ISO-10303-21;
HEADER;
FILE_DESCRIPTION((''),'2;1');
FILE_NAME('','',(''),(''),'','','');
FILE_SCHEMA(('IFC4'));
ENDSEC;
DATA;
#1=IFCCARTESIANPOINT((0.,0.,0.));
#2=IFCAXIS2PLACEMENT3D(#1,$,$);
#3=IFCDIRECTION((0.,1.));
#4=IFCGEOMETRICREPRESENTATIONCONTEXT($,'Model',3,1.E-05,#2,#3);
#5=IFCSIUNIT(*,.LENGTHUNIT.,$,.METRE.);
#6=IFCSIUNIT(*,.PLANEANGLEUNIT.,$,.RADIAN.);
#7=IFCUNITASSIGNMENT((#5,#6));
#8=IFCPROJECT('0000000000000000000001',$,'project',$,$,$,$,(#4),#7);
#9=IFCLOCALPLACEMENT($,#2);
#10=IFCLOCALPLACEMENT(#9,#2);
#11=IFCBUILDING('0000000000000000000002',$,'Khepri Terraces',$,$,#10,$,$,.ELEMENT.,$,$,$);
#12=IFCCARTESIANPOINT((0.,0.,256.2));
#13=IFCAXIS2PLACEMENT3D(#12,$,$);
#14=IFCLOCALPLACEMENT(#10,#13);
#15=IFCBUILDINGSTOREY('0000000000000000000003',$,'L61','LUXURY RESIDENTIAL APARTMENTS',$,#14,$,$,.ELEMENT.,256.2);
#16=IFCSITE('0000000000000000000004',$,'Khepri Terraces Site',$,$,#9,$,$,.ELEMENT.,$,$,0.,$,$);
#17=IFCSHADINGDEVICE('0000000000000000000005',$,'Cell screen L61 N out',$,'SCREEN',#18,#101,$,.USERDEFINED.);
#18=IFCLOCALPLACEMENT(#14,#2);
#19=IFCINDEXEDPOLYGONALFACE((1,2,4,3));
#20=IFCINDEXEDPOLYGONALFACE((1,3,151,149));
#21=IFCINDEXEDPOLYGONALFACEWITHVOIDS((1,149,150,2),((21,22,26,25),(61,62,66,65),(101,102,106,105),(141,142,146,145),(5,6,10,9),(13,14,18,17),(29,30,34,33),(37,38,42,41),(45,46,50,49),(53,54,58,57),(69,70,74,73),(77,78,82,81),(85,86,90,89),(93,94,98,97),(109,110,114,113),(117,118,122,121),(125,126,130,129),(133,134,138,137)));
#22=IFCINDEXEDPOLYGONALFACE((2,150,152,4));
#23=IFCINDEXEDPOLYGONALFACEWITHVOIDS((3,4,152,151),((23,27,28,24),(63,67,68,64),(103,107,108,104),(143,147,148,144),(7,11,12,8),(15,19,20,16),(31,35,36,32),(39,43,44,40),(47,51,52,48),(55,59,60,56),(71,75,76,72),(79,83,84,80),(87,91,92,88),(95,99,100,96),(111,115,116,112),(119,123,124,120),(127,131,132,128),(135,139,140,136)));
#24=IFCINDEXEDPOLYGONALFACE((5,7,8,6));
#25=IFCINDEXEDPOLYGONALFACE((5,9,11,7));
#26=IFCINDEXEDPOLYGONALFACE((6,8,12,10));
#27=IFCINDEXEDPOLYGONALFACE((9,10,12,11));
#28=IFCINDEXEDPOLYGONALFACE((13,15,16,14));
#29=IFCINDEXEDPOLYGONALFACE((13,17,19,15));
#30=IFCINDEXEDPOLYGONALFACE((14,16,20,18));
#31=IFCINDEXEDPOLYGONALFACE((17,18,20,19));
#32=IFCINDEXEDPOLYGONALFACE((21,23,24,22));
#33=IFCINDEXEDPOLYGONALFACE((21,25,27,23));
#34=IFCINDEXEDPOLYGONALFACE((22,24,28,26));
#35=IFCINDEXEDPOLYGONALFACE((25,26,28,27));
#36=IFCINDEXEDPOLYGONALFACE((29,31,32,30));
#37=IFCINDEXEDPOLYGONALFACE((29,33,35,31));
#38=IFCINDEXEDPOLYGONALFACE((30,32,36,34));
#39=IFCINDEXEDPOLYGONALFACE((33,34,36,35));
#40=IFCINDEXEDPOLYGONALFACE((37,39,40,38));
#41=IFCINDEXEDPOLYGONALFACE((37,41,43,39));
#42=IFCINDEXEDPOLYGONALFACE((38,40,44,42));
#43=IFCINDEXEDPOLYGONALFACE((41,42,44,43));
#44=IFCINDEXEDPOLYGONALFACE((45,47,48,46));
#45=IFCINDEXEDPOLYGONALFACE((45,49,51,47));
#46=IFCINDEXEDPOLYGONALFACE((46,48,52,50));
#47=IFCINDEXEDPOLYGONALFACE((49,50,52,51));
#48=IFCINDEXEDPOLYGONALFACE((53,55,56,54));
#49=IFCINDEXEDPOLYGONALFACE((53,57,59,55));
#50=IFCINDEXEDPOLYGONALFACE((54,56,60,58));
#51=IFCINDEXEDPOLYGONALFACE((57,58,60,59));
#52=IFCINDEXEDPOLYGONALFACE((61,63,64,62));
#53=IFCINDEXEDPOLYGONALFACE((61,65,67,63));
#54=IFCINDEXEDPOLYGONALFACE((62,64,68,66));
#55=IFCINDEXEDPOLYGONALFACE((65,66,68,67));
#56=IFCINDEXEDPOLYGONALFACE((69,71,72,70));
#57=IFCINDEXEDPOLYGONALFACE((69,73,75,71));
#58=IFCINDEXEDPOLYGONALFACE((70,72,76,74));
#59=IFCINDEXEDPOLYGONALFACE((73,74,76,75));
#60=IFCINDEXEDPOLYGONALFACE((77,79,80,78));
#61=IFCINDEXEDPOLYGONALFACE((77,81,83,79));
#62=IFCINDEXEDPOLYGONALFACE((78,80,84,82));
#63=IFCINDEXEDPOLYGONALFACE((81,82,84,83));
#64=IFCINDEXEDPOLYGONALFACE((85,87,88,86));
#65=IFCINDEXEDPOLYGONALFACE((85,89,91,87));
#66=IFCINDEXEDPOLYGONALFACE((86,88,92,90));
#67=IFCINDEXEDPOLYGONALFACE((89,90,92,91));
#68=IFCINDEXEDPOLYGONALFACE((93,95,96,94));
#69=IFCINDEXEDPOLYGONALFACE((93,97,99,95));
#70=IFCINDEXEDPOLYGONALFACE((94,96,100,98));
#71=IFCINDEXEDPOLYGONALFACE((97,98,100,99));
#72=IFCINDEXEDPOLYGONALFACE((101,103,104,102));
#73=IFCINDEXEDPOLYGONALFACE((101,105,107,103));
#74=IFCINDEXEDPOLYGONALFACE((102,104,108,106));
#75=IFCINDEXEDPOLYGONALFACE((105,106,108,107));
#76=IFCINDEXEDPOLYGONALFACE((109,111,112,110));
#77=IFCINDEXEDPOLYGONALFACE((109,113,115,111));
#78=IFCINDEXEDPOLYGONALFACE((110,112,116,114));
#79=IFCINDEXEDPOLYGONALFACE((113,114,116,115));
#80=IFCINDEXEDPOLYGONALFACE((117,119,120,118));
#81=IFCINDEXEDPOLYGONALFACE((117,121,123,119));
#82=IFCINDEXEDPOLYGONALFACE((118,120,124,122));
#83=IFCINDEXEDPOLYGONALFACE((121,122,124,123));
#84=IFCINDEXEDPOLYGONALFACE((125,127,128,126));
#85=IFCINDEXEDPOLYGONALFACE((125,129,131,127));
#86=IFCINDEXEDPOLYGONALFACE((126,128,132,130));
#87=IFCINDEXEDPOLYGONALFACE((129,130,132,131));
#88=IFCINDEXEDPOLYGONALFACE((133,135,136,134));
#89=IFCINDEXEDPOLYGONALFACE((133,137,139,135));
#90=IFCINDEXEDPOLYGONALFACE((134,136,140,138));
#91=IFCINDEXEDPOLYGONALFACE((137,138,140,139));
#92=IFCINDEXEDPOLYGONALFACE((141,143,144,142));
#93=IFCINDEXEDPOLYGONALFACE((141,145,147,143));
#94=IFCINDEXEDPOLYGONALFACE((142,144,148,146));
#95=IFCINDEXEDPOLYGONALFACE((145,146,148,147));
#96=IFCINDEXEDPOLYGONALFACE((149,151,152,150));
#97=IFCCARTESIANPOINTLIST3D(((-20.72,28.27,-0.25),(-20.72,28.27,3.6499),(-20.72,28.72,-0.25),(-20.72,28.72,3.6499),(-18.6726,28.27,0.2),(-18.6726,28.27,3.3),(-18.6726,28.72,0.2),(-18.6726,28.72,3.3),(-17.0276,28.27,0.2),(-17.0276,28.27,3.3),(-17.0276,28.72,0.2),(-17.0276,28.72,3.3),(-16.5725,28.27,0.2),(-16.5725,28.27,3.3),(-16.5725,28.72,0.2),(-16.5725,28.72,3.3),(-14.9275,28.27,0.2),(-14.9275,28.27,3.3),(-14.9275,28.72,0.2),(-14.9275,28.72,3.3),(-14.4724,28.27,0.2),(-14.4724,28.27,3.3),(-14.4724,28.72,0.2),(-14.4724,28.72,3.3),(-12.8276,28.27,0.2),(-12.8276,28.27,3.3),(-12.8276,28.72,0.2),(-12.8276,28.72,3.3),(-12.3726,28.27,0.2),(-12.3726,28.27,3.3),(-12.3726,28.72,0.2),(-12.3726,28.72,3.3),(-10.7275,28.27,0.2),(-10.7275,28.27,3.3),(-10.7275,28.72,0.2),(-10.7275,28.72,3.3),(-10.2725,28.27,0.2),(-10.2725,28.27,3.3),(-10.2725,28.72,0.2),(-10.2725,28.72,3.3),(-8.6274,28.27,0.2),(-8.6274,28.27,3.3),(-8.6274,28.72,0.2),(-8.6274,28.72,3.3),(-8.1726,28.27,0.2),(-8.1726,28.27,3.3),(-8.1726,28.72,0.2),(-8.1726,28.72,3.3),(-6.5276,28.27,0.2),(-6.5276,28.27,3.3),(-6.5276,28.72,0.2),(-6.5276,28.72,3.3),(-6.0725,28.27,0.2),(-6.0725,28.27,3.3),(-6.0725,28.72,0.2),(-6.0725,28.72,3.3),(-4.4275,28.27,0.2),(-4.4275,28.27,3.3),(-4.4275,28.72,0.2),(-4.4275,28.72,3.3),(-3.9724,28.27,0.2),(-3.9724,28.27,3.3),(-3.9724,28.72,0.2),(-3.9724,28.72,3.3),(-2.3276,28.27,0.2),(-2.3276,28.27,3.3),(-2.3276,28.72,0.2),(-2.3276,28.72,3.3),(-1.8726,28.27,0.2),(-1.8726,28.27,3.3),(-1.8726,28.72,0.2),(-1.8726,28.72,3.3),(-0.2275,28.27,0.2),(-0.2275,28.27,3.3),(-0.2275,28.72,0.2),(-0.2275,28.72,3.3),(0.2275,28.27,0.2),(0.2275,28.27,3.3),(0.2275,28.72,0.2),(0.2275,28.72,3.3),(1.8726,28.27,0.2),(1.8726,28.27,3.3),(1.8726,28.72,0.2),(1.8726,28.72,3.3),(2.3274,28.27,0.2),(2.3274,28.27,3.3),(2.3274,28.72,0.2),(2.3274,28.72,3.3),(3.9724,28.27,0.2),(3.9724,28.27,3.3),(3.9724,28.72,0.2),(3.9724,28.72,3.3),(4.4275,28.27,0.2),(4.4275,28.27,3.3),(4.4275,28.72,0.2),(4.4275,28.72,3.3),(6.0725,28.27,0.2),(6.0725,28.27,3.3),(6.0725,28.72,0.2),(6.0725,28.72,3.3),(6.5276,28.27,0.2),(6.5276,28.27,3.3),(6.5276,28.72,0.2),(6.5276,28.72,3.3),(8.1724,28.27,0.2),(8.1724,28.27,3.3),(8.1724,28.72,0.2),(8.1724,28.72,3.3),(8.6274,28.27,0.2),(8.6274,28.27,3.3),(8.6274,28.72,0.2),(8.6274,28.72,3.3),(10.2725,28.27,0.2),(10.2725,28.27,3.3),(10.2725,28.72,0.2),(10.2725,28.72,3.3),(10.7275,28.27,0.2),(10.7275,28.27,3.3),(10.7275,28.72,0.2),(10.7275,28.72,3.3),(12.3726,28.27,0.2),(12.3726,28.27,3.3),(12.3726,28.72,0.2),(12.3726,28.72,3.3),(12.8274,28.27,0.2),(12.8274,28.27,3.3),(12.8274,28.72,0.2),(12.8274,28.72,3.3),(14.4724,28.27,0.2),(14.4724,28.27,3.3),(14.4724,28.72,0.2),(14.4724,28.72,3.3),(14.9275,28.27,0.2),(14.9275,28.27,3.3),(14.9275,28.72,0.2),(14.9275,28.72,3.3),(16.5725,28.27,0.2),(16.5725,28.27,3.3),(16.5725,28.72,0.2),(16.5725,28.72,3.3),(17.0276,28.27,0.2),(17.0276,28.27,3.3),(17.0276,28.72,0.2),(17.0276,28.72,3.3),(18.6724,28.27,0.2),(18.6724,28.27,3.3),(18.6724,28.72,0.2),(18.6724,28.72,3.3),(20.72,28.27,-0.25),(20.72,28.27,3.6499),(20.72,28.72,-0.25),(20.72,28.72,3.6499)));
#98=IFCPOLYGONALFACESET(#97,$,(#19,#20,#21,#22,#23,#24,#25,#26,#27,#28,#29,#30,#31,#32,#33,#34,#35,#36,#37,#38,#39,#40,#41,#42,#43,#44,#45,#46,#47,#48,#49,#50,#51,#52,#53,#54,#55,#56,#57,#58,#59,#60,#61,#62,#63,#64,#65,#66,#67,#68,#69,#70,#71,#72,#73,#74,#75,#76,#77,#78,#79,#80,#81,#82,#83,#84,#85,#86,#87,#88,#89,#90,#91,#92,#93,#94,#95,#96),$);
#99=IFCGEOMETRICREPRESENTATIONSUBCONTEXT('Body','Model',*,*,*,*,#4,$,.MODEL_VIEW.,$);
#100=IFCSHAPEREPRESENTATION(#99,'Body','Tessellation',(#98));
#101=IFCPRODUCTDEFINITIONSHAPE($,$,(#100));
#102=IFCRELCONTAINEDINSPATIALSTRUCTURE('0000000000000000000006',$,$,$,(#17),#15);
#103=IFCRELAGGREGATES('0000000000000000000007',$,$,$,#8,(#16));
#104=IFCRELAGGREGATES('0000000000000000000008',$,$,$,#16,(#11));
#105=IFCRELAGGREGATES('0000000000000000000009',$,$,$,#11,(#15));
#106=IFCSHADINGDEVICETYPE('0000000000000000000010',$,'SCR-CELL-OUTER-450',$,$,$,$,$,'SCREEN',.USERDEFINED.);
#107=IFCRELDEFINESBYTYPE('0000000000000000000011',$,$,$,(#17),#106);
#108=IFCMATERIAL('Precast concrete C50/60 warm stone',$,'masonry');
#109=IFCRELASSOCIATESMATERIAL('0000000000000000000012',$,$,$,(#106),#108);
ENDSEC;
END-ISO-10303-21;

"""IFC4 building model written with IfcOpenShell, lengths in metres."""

from ifc_helpers import new_model, si_unit, direction, frame, origin, place, context, subcontext, project, spatial, polyline, outline, extrude, material, type_object, element, save


model = new_model("IFC4")

# Units and contexts
model_context = context("Model", 3, precision=1e-05, world=origin(), true_north=direction((0.0, 1.0)))
body_context = subcontext(model_context, "Body", "Model", "MODEL_VIEW")
ifc_project = project(units=[si_unit("LENGTHUNIT", "METRE"), si_unit("PLANEANGLEUNIT", "RADIAN")], contexts=[model_context])

# Site, building, storey
site_placement = place(None, origin())
site = spatial("IfcSite", under=ifc_project, at=site_placement, Name="Khepri Terraces Site", CompositionType="ELEMENT", RefElevation=0.0)
building_placement = place(site_placement, origin())
building = spatial("IfcBuilding", under=site, at=building_placement, Name="Khepri Terraces", CompositionType="ELEMENT")
storey_placement = place(building_placement, frame((0.0, 0.0, 256.2)))
storey = spatial("IfcBuildingStorey", under=building, at=storey_placement, Name="L61", Description="LUXURY RESIDENTIAL APARTMENTS", CompositionType="ELEMENT", Elevation=256.2)

# Shared definitions
ifc_material_1 = material(Name="Precast concrete C50/60 warm stone", Category="masonry")

# Shading device
shading_device_type_1 = type_object("IfcShadingDeviceType", Name="SCR-CELL-OUTER-450", ElementType="SCREEN", PredefinedType="USERDEFINED", material=ifc_material_1)
shading_device_1_placement = place(storey_placement, frame((20.72, 28.27, -0.25), z_axis=(0.0, 1.0, 0.0), x_axis=(-1.0, 0.0, 0.0)))
element("IfcShadingDevice", 1, at=shading_device_1_placement, inside=storey, type_object=shading_device_type_1, Name="Cell screen L61 N out", ObjectType="SCREEN", PredefinedType="USERDEFINED", context=body_context, shape_type="SweptSolid", body=[
    extrude(outline(polyline([(0.0, 0.0), (41.4399, 0.0), (41.4399, 3.8999), (0.0, 3.8999), (0.0, 0.0)]), holes=[polyline([(2.0476, 0.45), (3.6924, 0.45), (3.6924, 3.55), (2.0476, 3.55), (2.0476, 0.45)]), polyline([(4.1475, 0.45), (5.7925, 0.45), (5.7925, 3.55), (4.1475, 3.55), (4.1475, 0.45)]), polyline([(6.2476, 0.45), (7.8926, 0.45), (7.8926, 3.55), (6.2476, 3.55), (6.2476, 0.45)]), polyline([(8.3474, 0.45), (9.9924, 0.45), (9.9924, 3.55), (8.3474, 3.55), (8.3474, 0.45)]), polyline([(10.4475, 0.45), (12.0925, 0.45), (12.0925, 3.55), (10.4475, 3.55), (10.4475, 0.45)]), polyline([(12.5476, 0.45), (14.1924, 0.45), (14.1924, 3.55), (12.5476, 3.55), (12.5476, 0.45)]), polyline([(14.6475, 0.45), (16.2925, 0.45), (16.2925, 3.55), (14.6475, 3.55), (14.6475, 0.45)]), polyline([(16.7476, 0.45), (18.3926, 0.45), (18.3926, 3.55), (16.7476, 3.55), (16.7476, 0.45)]), polyline([(18.8474, 0.45), (20.4924, 0.45), (20.4924, 3.55), (18.8474, 3.55), (18.8474, 0.45)]), polyline([(20.9475, 0.45), (22.5925, 0.45), (22.5925, 3.55), (20.9475, 3.55), (20.9475, 0.45)]), polyline([(23.0476, 0.45), (24.6924, 0.45), (24.6924, 3.55), (23.0476, 3.55), (23.0476, 0.45)]), polyline([(25.1475, 0.45), (26.7925, 0.45), (26.7925, 3.55), (25.1475, 3.55), (25.1475, 0.45)]), polyline([(27.2476, 0.45), (28.8926, 0.45), (28.8926, 3.55), (27.2476, 3.55), (27.2476, 0.45)]), polyline([(29.3474, 0.45), (30.9924, 0.45), (30.9924, 3.55), (29.3474, 3.55), (29.3474, 0.45)]), polyline([(31.4475, 0.45), (33.0925, 0.45), (33.0925, 3.55), (31.4475, 3.55), (31.4475, 0.45)]), polyline([(33.5476, 0.45), (35.1924, 0.45), (35.1924, 3.55), (33.5476, 3.55), (33.5476, 0.45)]), polyline([(35.6475, 0.45), (37.2925, 0.45), (37.2925, 3.55), (35.6475, 3.55), (35.6475, 0.45)]), polyline([(37.7476, 0.45), (39.3926, 0.45), (39.3926, 3.55), (37.7476, 3.55), (37.7476, 0.45)])]), origin(), (0.0, 0.0, 1.0), 0.45),
])

save(model, "model.ifc")
